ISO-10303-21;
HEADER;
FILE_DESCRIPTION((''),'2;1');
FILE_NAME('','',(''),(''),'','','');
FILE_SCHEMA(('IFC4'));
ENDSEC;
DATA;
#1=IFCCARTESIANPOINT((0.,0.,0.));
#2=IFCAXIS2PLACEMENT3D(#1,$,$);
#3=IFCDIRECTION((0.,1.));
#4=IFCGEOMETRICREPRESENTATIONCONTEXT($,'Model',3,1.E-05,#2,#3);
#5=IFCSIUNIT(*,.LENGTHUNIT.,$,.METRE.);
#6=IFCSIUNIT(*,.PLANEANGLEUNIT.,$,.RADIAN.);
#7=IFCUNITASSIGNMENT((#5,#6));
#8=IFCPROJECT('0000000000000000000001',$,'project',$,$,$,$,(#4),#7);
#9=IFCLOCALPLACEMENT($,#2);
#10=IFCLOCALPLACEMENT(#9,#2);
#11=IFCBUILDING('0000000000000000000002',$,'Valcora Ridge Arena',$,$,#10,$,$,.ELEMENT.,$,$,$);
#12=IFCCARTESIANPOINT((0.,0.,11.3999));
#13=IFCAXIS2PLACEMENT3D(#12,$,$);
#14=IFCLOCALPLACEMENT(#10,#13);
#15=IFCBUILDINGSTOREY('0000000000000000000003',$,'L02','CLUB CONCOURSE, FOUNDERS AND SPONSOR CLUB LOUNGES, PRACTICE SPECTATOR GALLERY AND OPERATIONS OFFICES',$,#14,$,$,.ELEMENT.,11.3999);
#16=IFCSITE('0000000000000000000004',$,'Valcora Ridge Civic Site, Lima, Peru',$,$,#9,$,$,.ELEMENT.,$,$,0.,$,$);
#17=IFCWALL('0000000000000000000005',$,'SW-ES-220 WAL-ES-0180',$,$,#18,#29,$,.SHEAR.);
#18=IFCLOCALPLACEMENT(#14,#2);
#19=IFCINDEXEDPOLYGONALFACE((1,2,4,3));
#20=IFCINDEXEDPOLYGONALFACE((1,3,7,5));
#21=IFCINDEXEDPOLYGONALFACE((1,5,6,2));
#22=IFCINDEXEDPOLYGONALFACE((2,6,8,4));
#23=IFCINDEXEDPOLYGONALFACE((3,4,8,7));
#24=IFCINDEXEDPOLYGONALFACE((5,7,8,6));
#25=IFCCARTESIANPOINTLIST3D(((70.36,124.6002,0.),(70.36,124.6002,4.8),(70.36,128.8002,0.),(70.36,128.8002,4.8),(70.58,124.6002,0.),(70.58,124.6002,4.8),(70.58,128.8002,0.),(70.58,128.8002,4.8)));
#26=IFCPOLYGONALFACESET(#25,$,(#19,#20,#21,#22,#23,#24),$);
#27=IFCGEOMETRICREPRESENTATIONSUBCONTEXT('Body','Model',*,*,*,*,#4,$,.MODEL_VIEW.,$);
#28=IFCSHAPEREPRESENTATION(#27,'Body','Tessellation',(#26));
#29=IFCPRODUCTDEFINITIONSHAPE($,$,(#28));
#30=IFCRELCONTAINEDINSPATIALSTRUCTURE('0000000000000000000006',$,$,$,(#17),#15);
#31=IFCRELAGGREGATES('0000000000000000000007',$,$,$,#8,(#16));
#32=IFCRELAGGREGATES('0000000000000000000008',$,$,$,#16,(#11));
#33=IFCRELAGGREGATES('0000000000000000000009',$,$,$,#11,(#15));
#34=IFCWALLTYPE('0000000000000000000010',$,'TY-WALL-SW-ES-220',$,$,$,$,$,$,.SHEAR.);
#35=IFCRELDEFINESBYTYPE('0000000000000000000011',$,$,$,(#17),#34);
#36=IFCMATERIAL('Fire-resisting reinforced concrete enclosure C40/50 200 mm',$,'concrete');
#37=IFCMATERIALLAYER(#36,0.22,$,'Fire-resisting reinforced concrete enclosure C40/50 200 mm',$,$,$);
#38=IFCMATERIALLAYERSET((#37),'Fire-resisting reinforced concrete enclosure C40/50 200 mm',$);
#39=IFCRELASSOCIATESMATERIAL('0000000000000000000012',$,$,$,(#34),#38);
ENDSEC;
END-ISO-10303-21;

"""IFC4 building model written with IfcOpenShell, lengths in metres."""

from ifc_helpers import new_model, si_unit, direction, frame, frame_2d, origin, place, context, subcontext, project, spatial, rectangle, extrude, material, layer, layer_set, type_object, element, save


model = new_model("IFC4")

# Units and contexts
model_context = context("Model", 3, precision=1e-05, world=origin(), true_north=direction((0.0, 1.0)))
body_context = subcontext(model_context, "Body", "Model", "MODEL_VIEW")
ifc_project = project(units=[si_unit("LENGTHUNIT", "METRE"), si_unit("PLANEANGLEUNIT", "RADIAN")], contexts=[model_context])

# Site, building, storey
site_placement = place(None, origin())
site = spatial("IfcSite", under=ifc_project, at=site_placement, Name="Valcora Ridge Civic Site, Lima, Peru", CompositionType="ELEMENT", RefElevation=0.0)
building_placement = place(site_placement, origin())
building = spatial("IfcBuilding", under=site, at=building_placement, Name="Valcora Ridge Arena", CompositionType="ELEMENT")
storey_placement = place(building_placement, frame((0.0, 0.0, 11.3999)))
storey = spatial("IfcBuildingStorey", under=building, at=storey_placement, Name="L02", Description="CLUB CONCOURSE, FOUNDERS AND SPONSOR CLUB LOUNGES, PRACTICE SPECTATOR GALLERY AND OPERATIONS OFFICES", CompositionType="ELEMENT", Elevation=11.3999)

# Wall
ifc_material_1 = material(Name="Fire-resisting reinforced concrete enclosure C40/50 200 mm", Category="concrete")
ifc_layer_1 = layer(ifc_material_1, 0.22, Name="Fire-resisting reinforced concrete enclosure C40/50 200 mm")
ifc_layer_set_1 = layer_set([ifc_layer_1], Name="Fire-resisting reinforced concrete enclosure C40/50 200 mm")
wall_type_1 = type_object("IfcWallType", Name="TY-WALL-SW-ES-220", PredefinedType="SHEAR", material=ifc_layer_set_1)
wall_1_placement = place(storey_placement, frame((70.47, 124.6001, 0.0), z_axis=(0.0, 0.0, 1.0), x_axis=(0.0, 1.0, 0.0)))
element("IfcWall", 1, at=wall_1_placement, inside=storey, type_object=wall_type_1, Name="SW-ES-220 WAL-ES-0180", PredefinedType="SHEAR", context=body_context, shape_type="SweptSolid", body=[
    extrude(rectangle(XDim=4.2, YDim=0.22, at=frame_2d((2.1001, 0.0))), origin(), (0.0, 0.0, 1.0), 4.8),
])

save(model, "model.ifc")
